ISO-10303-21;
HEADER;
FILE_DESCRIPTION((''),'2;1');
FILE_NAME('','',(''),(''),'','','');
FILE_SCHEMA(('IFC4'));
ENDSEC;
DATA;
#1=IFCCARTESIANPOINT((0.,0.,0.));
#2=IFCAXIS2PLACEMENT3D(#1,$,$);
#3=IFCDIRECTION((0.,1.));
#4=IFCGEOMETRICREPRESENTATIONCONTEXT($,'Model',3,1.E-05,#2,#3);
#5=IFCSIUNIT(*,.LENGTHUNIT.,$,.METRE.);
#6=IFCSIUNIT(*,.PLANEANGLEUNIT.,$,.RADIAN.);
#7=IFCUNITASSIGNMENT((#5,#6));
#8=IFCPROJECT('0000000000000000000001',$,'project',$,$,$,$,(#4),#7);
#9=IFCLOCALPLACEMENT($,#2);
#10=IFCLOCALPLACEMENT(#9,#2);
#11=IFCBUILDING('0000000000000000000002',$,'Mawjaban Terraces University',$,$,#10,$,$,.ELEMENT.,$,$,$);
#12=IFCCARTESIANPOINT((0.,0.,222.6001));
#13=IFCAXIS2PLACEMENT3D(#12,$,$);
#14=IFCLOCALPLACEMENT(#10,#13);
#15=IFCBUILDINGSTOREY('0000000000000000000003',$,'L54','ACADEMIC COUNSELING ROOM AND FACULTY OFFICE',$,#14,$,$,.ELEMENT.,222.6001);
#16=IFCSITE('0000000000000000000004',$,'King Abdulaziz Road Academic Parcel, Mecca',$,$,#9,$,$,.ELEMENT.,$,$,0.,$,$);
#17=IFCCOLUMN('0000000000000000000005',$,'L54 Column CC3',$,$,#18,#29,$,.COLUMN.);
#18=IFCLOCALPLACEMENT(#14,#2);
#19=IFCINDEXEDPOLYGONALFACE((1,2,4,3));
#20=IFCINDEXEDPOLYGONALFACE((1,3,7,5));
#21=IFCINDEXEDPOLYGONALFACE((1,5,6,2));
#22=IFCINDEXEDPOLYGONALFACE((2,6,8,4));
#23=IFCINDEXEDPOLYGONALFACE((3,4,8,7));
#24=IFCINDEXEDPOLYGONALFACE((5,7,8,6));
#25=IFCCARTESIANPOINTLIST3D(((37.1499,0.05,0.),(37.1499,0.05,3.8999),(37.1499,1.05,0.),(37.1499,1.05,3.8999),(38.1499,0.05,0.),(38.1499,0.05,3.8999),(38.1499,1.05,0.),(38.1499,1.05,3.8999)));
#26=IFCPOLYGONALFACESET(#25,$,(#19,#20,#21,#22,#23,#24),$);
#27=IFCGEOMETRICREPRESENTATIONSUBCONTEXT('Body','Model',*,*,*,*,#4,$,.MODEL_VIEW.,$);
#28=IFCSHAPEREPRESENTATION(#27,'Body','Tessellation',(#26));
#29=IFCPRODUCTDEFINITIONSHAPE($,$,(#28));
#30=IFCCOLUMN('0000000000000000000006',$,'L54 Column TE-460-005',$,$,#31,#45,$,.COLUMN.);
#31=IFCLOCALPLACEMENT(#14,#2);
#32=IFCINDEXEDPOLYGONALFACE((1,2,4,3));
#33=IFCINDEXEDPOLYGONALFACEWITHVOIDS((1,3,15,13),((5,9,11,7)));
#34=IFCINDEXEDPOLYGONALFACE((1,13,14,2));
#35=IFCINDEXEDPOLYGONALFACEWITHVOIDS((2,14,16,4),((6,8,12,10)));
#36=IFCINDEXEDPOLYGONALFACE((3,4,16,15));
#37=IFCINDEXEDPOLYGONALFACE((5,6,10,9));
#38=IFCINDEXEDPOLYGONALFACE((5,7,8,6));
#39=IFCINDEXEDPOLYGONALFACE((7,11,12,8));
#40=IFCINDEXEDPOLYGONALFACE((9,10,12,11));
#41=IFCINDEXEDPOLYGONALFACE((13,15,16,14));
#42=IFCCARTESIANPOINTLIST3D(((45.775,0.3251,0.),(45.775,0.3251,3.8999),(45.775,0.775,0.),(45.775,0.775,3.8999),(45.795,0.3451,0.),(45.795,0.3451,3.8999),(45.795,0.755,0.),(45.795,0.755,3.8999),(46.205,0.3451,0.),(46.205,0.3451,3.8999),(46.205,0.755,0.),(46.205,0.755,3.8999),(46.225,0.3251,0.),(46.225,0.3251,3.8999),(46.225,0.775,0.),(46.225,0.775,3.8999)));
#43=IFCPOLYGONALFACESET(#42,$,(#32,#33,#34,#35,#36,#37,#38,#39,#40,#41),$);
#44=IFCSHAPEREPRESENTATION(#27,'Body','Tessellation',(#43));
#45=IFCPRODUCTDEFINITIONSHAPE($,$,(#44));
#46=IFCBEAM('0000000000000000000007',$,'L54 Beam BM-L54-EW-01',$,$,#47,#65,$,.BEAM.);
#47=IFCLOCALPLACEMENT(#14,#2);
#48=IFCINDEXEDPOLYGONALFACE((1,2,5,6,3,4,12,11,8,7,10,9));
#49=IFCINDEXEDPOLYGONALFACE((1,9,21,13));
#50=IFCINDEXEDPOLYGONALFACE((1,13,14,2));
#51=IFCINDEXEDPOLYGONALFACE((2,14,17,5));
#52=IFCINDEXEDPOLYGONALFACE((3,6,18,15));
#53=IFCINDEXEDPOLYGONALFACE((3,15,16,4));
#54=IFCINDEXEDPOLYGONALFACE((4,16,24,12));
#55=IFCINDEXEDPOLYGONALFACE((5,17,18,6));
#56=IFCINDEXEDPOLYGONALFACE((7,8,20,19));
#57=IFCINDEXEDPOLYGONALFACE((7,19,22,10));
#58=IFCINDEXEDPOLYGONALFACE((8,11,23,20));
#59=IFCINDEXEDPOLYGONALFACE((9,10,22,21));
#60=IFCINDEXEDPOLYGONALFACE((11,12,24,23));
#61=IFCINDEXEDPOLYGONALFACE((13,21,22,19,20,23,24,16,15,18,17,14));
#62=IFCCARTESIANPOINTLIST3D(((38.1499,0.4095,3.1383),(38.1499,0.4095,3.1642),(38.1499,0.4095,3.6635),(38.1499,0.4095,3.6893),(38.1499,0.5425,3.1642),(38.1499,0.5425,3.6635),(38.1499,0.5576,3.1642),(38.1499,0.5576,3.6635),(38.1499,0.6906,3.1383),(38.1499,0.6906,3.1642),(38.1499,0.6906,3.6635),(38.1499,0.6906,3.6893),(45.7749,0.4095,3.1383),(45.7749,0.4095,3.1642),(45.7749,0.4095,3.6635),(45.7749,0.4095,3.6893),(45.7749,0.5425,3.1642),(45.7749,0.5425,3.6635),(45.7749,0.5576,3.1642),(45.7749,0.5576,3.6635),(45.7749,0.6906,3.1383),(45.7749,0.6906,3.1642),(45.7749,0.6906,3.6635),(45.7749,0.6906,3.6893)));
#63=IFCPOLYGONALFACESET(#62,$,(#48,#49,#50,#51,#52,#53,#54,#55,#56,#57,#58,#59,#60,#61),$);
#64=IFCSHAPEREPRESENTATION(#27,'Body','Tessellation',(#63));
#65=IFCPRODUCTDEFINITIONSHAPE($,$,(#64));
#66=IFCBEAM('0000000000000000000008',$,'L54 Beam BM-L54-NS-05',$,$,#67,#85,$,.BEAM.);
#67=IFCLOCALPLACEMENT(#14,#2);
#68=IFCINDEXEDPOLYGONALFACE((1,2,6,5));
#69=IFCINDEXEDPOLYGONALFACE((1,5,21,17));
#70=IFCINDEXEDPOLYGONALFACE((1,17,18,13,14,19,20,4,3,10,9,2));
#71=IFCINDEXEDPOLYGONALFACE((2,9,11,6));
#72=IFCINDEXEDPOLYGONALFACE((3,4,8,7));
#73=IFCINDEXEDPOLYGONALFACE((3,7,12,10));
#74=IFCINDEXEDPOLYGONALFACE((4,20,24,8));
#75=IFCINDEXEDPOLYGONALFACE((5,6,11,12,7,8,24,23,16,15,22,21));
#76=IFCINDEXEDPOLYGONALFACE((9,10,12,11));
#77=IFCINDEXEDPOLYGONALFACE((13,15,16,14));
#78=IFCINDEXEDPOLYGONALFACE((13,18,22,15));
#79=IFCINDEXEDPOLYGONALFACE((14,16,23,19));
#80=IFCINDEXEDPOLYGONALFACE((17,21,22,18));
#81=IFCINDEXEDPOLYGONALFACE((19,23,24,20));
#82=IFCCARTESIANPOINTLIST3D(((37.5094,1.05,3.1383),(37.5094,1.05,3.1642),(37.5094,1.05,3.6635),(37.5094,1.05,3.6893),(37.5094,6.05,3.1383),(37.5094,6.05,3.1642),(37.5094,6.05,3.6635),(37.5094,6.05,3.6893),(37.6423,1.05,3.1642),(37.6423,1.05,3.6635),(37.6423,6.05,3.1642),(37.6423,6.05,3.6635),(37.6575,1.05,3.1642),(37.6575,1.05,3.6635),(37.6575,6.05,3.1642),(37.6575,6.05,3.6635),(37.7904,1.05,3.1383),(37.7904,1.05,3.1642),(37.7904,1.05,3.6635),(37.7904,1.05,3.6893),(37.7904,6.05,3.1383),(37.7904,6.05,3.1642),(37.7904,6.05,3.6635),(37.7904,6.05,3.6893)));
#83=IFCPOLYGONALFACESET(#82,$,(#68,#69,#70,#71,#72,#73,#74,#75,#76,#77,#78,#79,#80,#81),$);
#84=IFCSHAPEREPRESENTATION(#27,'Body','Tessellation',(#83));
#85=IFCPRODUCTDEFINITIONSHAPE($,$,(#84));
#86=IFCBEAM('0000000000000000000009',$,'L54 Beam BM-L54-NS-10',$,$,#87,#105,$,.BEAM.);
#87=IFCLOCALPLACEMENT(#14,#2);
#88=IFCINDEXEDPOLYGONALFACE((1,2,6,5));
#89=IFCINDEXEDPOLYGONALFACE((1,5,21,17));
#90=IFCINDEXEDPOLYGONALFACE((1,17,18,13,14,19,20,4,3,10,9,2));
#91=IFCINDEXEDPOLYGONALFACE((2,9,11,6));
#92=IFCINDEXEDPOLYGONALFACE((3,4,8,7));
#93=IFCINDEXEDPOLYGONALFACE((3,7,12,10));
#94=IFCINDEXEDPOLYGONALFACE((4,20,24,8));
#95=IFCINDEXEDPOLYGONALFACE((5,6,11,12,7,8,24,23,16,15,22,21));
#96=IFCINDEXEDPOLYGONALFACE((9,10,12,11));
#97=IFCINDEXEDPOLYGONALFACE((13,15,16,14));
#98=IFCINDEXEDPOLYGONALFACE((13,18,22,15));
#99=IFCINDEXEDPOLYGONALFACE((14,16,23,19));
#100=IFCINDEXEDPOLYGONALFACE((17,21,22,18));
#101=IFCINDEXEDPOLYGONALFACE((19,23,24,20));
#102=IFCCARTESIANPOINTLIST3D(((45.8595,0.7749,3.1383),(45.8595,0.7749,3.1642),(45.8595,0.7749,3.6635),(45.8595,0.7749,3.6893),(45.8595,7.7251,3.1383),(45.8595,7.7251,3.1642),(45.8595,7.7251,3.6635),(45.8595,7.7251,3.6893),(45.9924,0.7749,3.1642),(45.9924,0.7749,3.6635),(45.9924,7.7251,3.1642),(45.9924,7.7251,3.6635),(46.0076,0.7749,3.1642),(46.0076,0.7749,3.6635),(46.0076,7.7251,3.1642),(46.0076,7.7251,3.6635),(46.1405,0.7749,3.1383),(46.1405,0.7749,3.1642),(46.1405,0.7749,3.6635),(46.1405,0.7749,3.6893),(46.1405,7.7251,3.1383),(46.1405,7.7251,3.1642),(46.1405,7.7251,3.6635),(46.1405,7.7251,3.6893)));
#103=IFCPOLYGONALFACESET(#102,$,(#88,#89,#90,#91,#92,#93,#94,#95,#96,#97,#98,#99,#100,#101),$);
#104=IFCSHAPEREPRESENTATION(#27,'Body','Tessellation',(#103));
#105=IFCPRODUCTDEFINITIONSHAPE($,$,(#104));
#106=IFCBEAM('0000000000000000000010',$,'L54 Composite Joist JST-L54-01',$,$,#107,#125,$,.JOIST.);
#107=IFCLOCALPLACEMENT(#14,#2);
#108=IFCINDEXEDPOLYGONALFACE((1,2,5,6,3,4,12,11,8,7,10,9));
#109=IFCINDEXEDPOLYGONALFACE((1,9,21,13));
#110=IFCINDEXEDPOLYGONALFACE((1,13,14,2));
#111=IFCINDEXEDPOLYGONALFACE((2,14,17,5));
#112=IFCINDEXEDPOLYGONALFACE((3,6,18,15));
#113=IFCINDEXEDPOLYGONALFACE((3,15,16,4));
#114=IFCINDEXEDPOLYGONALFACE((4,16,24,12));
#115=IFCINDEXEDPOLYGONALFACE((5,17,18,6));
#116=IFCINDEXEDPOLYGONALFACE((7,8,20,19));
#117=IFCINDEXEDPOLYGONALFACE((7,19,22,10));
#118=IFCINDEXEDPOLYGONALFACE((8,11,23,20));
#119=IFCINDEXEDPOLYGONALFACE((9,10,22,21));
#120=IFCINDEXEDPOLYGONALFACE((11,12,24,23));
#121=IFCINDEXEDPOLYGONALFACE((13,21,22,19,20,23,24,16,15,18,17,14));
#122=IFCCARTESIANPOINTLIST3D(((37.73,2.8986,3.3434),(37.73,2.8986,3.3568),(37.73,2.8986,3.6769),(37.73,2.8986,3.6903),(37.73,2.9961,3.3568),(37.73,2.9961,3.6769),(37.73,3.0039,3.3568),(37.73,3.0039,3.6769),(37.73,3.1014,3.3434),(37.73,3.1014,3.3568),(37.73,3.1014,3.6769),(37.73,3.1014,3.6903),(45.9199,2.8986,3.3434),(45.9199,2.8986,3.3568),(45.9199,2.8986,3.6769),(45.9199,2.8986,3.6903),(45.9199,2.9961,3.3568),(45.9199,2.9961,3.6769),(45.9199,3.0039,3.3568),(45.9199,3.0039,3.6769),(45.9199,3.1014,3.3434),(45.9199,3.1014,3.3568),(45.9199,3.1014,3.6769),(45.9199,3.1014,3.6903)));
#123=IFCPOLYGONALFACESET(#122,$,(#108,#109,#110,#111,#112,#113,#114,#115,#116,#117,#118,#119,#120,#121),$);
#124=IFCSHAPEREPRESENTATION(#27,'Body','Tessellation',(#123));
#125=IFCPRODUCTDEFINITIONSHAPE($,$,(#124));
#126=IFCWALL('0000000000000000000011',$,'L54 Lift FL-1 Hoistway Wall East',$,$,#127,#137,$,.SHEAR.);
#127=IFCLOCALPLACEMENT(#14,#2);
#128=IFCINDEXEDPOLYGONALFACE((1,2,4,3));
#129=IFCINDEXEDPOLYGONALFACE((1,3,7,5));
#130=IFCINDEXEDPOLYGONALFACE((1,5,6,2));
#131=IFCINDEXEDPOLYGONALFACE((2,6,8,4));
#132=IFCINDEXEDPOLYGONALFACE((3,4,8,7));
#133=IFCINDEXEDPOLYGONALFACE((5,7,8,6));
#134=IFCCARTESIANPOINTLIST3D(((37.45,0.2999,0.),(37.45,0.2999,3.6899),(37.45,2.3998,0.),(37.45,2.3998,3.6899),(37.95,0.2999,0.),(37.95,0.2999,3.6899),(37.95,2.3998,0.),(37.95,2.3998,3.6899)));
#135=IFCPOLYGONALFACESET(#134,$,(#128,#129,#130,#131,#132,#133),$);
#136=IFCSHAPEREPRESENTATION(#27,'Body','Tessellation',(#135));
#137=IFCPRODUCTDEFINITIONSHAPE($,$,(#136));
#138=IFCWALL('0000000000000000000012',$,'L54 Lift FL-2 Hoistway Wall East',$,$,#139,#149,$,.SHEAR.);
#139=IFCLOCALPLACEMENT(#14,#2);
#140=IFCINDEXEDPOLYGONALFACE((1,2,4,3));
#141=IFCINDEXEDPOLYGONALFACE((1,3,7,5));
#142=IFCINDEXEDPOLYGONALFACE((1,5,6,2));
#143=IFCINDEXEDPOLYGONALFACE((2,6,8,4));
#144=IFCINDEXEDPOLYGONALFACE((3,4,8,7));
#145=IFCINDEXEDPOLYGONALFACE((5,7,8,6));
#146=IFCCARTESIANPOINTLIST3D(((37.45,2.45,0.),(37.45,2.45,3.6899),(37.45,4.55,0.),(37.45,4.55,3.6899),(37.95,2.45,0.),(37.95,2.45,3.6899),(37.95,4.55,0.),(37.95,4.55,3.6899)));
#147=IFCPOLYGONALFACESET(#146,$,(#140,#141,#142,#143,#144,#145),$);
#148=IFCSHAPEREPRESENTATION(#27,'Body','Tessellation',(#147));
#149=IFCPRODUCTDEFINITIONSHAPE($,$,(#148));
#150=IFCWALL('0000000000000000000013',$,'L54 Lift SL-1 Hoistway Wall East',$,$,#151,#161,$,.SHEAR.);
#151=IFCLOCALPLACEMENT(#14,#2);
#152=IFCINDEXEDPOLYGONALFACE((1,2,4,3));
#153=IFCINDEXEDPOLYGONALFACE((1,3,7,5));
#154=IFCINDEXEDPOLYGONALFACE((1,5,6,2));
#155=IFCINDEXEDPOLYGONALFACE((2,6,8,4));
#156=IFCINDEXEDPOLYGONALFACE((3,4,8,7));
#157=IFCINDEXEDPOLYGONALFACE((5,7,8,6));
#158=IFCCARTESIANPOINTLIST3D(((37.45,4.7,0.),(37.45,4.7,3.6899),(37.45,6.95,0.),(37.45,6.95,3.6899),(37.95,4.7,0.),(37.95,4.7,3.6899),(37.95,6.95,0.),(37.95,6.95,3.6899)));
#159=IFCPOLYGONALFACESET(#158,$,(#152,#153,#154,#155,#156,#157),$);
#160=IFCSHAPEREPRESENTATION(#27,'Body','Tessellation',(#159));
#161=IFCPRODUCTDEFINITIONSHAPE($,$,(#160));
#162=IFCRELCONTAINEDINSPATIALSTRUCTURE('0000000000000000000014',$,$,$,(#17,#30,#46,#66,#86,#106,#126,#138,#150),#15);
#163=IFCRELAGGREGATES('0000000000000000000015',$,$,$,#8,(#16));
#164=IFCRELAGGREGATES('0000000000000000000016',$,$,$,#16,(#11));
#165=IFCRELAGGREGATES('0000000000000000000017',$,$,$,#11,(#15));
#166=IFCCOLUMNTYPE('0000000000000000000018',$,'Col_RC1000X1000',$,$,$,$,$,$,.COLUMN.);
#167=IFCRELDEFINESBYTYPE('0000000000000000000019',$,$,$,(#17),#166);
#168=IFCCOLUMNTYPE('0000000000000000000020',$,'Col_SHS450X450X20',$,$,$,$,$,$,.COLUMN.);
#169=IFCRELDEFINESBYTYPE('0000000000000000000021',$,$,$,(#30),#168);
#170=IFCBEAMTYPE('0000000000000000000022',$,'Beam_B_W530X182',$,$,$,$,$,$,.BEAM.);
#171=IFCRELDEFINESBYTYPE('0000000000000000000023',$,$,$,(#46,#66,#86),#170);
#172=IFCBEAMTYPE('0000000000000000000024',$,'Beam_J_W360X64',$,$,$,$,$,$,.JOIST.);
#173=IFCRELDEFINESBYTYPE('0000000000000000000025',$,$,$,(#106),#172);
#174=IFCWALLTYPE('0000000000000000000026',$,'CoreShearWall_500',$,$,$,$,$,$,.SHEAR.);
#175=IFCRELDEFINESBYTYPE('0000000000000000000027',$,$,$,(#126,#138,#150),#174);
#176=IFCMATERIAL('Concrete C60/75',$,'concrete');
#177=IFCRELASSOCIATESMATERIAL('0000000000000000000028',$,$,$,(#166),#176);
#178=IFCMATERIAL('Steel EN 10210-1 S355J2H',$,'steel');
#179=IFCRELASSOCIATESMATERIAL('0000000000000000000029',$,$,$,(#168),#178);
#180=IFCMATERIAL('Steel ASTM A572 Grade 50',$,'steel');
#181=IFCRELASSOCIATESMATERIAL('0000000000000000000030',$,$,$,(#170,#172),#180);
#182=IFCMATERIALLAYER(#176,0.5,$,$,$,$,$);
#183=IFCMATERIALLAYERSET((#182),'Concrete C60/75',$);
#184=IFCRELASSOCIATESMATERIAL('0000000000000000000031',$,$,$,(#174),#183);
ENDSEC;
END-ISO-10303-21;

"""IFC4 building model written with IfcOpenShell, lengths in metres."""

from ifc_helpers import new_model, si_unit, direction, frame, frame_2d, origin, origin_2d, place, context, subcontext, project, spatial, rectangle, hollow_rectangle, i_section, extrude, material, layer, layer_set, material_profile, profile_set, type_object, element, save


model = new_model("IFC4")

# Units and contexts
model_context = context("Model", 3, precision=1e-05, world=origin(), true_north=direction((0.0, 1.0)))
body_context = subcontext(model_context, "Body", "Model", "MODEL_VIEW")
ifc_project = project(units=[si_unit("LENGTHUNIT", "METRE"), si_unit("PLANEANGLEUNIT", "RADIAN")], contexts=[model_context])

# Site, building, storey
site_placement = place(None, origin())
site = spatial("IfcSite", under=ifc_project, at=site_placement, Name="King Abdulaziz Road Academic Parcel, Mecca", CompositionType="ELEMENT", RefElevation=0.0)
building_placement = place(site_placement, origin())
building = spatial("IfcBuilding", under=site, at=building_placement, Name="Mawjaban Terraces University", CompositionType="ELEMENT")
storey_placement = place(building_placement, frame((0.0, 0.0, 222.6001)))
storey = spatial("IfcBuildingStorey", under=building, at=storey_placement, Name="L54", Description="ACADEMIC COUNSELING ROOM AND FACULTY OFFICE", CompositionType="ELEMENT", Elevation=222.6001)

# Columns
ifc_material_1 = material(Name="Concrete C60/75", Category="concrete")
ifc_material_profile_1 = material_profile(ifc_material_1, rectangle(XDim=1.0, YDim=1.0, at=origin_2d()), Name="RC1000X1000")
ifc_profile_set_1 = profile_set([ifc_material_profile_1], Name="Concrete C60/75")
column_type_1 = type_object("IfcColumnType", Name="Col_RC1000X1000", PredefinedType="COLUMN", material=ifc_profile_set_1)
column_1_placement = place(storey_placement, frame((37.6499, 0.55, 0.0), z_axis=(0.0, 0.0, 1.0), x_axis=(1.0, 0.0, 0.0)))
element("IfcColumn", 1, at=column_1_placement, inside=storey, type_object=column_type_1, Name="L54 Column CC3", PredefinedType="COLUMN", context=body_context, shape_type="SweptSolid", body=[
    extrude(rectangle(XDim=1.0, YDim=1.0, at=origin_2d()), origin(), (0.0, 0.0, 1.0), 3.8999),
])
ifc_material_2 = material(Name="Steel EN 10210-1 S355J2H", Category="steel")
ifc_material_profile_2 = material_profile(ifc_material_2, hollow_rectangle(XDim=0.45, YDim=0.45, WallThickness=0.02, at=origin_2d()), Name="SHS450X450X20")
ifc_profile_set_2 = profile_set([ifc_material_profile_2], Name="Steel EN 10210-1 S355J2H")
column_type_2 = type_object("IfcColumnType", Name="Col_SHS450X450X20", PredefinedType="COLUMN", material=ifc_profile_set_2)
column_2_placement = place(storey_placement, frame((46.0, 0.55, 0.0), z_axis=(0.0, 0.0, 1.0), x_axis=(1.0, 0.0, 0.0)))
element("IfcColumn", 2, at=column_2_placement, inside=storey, type_object=column_type_2, Name="L54 Column TE-460-005", PredefinedType="COLUMN", context=body_context, shape_type="SweptSolid", body=[
    extrude(hollow_rectangle(XDim=0.45, YDim=0.45, WallThickness=0.02, at=origin_2d()), origin(), (0.0, 0.0, 1.0), 3.8999),
])

# Beams
ifc_material_3 = material(Name="Steel ASTM A572 Grade 50", Category="steel")
ifc_material_profile_3 = material_profile(ifc_material_3, i_section(OverallWidth=0.281, OverallDepth=0.551, WebThickness=0.0151, FlangeThickness=0.0259, at=origin_2d()), Name="W530X182")
ifc_profile_set_3 = profile_set([ifc_material_profile_3], Name="Steel ASTM A572 Grade 50")
beam_type_1 = type_object("IfcBeamType", Name="Beam_B_W530X182", PredefinedType="BEAM", material=ifc_profile_set_3)
beam_1_placement = place(storey_placement, frame((38.1499, 0.55, 3.4138), z_axis=(1.0, 0.0, 0.0), x_axis=(0.0, 1.0, 0.0)))
element("IfcBeam", 3, at=beam_1_placement, inside=storey, type_object=beam_type_1, Name="L54 Beam BM-L54-EW-01", PredefinedType="BEAM", context=body_context, shape_type="SweptSolid", body=[
    extrude(i_section(OverallWidth=0.281, OverallDepth=0.551, WebThickness=0.0151, FlangeThickness=0.0259, at=origin_2d()), origin(), (0.0, 0.0, 1.0), 7.625),
])
beam_2_placement = place(storey_placement, frame((37.6499, 1.05, 3.4138), z_axis=(0.0, 1.0, 0.0), x_axis=(-1.0, 0.0, 0.0)))
element("IfcBeam", 4, at=beam_2_placement, inside=storey, type_object=beam_type_1, Name="L54 Beam BM-L54-NS-05", PredefinedType="BEAM", context=body_context, shape_type="SweptSolid", body=[
    extrude(i_section(OverallWidth=0.281, OverallDepth=0.551, WebThickness=0.0151, FlangeThickness=0.0259, at=origin_2d()), origin(), (0.0, 0.0, 1.0), 5.0),
])
beam_3_placement = place(storey_placement, frame((46.0, 0.7749, 3.4138), z_axis=(0.0, 1.0, 0.0), x_axis=(-1.0, 0.0, 0.0)))
element("IfcBeam", 5, at=beam_3_placement, inside=storey, type_object=beam_type_1, Name="L54 Beam BM-L54-NS-10", PredefinedType="BEAM", context=body_context, shape_type="SweptSolid", body=[
    extrude(i_section(OverallWidth=0.281, OverallDepth=0.551, WebThickness=0.0151, FlangeThickness=0.0259, at=origin_2d()), origin(), (0.0, 0.0, 1.0), 6.9502),
])
ifc_material_profile_4 = material_profile(ifc_material_3, i_section(OverallWidth=0.2029, OverallDepth=0.3469, WebThickness=0.0078, FlangeThickness=0.0134, at=origin_2d()), Name="W360X64")
ifc_profile_set_4 = profile_set([ifc_material_profile_4], Name="Steel ASTM A572 Grade 50")
beam_type_2 = type_object("IfcBeamType", Name="Beam_J_W360X64", PredefinedType="JOIST", material=ifc_profile_set_4)
beam_4_placement = place(storey_placement, frame((37.73, 3.0, 3.5168), z_axis=(1.0, 0.0, 0.0), x_axis=(0.0, 1.0, 0.0)))
element("IfcBeam", 6, at=beam_4_placement, inside=storey, type_object=beam_type_2, Name="L54 Composite Joist JST-L54-01", PredefinedType="JOIST", context=body_context, shape_type="SweptSolid", body=[
    extrude(i_section(OverallWidth=0.2029, OverallDepth=0.3469, WebThickness=0.0078, FlangeThickness=0.0134, at=origin_2d()), origin(), (0.0, 0.0, 1.0), 8.1899),
])

# Walls
ifc_layer_1 = layer(ifc_material_1, 0.5)
ifc_layer_set_1 = layer_set([ifc_layer_1], Name="Concrete C60/75")
wall_type_1 = type_object("IfcWallType", Name="CoreShearWall_500", PredefinedType="SHEAR", material=ifc_layer_set_1)
wall_1_placement = place(storey_placement, frame((37.7, 0.3, 0.0), z_axis=(0.0, 0.0, 1.0), x_axis=(0.0, 1.0, 0.0)))
element("IfcWall", 7, at=wall_1_placement, inside=storey, type_object=wall_type_1, Name="L54 Lift FL-1 Hoistway Wall East", PredefinedType="SHEAR", context=body_context, shape_type="SweptSolid", body=[
    extrude(rectangle(XDim=2.0999, YDim=0.5, at=frame_2d((1.0498, 0.0))), origin(), (0.0, 0.0, 1.0), 3.6899),
])
wall_2_placement = place(storey_placement, frame((37.7, 2.45, 0.0), z_axis=(0.0, 0.0, 1.0), x_axis=(0.0, 1.0, 0.0)))
element("IfcWall", 8, at=wall_2_placement, inside=storey, type_object=wall_type_1, Name="L54 Lift FL-2 Hoistway Wall East", PredefinedType="SHEAR", context=body_context, shape_type="SweptSolid", body=[
    extrude(rectangle(XDim=2.1001, YDim=0.5, at=frame_2d((1.05, 0.0))), origin(), (0.0, 0.0, 1.0), 3.6899),
])
wall_3_placement = place(storey_placement, frame((37.7, 4.7, 0.0), z_axis=(0.0, 0.0, 1.0), x_axis=(0.0, 1.0, 0.0)))
element("IfcWall", 9, at=wall_3_placement, inside=storey, type_object=wall_type_1, Name="L54 Lift SL-1 Hoistway Wall East", PredefinedType="SHEAR", context=body_context, shape_type="SweptSolid", body=[
    extrude(rectangle(XDim=2.25, YDim=0.5, at=frame_2d((1.125, 0.0))), origin(), (0.0, 0.0, 1.0), 3.6899),
])

save(model, "model.ifc")
